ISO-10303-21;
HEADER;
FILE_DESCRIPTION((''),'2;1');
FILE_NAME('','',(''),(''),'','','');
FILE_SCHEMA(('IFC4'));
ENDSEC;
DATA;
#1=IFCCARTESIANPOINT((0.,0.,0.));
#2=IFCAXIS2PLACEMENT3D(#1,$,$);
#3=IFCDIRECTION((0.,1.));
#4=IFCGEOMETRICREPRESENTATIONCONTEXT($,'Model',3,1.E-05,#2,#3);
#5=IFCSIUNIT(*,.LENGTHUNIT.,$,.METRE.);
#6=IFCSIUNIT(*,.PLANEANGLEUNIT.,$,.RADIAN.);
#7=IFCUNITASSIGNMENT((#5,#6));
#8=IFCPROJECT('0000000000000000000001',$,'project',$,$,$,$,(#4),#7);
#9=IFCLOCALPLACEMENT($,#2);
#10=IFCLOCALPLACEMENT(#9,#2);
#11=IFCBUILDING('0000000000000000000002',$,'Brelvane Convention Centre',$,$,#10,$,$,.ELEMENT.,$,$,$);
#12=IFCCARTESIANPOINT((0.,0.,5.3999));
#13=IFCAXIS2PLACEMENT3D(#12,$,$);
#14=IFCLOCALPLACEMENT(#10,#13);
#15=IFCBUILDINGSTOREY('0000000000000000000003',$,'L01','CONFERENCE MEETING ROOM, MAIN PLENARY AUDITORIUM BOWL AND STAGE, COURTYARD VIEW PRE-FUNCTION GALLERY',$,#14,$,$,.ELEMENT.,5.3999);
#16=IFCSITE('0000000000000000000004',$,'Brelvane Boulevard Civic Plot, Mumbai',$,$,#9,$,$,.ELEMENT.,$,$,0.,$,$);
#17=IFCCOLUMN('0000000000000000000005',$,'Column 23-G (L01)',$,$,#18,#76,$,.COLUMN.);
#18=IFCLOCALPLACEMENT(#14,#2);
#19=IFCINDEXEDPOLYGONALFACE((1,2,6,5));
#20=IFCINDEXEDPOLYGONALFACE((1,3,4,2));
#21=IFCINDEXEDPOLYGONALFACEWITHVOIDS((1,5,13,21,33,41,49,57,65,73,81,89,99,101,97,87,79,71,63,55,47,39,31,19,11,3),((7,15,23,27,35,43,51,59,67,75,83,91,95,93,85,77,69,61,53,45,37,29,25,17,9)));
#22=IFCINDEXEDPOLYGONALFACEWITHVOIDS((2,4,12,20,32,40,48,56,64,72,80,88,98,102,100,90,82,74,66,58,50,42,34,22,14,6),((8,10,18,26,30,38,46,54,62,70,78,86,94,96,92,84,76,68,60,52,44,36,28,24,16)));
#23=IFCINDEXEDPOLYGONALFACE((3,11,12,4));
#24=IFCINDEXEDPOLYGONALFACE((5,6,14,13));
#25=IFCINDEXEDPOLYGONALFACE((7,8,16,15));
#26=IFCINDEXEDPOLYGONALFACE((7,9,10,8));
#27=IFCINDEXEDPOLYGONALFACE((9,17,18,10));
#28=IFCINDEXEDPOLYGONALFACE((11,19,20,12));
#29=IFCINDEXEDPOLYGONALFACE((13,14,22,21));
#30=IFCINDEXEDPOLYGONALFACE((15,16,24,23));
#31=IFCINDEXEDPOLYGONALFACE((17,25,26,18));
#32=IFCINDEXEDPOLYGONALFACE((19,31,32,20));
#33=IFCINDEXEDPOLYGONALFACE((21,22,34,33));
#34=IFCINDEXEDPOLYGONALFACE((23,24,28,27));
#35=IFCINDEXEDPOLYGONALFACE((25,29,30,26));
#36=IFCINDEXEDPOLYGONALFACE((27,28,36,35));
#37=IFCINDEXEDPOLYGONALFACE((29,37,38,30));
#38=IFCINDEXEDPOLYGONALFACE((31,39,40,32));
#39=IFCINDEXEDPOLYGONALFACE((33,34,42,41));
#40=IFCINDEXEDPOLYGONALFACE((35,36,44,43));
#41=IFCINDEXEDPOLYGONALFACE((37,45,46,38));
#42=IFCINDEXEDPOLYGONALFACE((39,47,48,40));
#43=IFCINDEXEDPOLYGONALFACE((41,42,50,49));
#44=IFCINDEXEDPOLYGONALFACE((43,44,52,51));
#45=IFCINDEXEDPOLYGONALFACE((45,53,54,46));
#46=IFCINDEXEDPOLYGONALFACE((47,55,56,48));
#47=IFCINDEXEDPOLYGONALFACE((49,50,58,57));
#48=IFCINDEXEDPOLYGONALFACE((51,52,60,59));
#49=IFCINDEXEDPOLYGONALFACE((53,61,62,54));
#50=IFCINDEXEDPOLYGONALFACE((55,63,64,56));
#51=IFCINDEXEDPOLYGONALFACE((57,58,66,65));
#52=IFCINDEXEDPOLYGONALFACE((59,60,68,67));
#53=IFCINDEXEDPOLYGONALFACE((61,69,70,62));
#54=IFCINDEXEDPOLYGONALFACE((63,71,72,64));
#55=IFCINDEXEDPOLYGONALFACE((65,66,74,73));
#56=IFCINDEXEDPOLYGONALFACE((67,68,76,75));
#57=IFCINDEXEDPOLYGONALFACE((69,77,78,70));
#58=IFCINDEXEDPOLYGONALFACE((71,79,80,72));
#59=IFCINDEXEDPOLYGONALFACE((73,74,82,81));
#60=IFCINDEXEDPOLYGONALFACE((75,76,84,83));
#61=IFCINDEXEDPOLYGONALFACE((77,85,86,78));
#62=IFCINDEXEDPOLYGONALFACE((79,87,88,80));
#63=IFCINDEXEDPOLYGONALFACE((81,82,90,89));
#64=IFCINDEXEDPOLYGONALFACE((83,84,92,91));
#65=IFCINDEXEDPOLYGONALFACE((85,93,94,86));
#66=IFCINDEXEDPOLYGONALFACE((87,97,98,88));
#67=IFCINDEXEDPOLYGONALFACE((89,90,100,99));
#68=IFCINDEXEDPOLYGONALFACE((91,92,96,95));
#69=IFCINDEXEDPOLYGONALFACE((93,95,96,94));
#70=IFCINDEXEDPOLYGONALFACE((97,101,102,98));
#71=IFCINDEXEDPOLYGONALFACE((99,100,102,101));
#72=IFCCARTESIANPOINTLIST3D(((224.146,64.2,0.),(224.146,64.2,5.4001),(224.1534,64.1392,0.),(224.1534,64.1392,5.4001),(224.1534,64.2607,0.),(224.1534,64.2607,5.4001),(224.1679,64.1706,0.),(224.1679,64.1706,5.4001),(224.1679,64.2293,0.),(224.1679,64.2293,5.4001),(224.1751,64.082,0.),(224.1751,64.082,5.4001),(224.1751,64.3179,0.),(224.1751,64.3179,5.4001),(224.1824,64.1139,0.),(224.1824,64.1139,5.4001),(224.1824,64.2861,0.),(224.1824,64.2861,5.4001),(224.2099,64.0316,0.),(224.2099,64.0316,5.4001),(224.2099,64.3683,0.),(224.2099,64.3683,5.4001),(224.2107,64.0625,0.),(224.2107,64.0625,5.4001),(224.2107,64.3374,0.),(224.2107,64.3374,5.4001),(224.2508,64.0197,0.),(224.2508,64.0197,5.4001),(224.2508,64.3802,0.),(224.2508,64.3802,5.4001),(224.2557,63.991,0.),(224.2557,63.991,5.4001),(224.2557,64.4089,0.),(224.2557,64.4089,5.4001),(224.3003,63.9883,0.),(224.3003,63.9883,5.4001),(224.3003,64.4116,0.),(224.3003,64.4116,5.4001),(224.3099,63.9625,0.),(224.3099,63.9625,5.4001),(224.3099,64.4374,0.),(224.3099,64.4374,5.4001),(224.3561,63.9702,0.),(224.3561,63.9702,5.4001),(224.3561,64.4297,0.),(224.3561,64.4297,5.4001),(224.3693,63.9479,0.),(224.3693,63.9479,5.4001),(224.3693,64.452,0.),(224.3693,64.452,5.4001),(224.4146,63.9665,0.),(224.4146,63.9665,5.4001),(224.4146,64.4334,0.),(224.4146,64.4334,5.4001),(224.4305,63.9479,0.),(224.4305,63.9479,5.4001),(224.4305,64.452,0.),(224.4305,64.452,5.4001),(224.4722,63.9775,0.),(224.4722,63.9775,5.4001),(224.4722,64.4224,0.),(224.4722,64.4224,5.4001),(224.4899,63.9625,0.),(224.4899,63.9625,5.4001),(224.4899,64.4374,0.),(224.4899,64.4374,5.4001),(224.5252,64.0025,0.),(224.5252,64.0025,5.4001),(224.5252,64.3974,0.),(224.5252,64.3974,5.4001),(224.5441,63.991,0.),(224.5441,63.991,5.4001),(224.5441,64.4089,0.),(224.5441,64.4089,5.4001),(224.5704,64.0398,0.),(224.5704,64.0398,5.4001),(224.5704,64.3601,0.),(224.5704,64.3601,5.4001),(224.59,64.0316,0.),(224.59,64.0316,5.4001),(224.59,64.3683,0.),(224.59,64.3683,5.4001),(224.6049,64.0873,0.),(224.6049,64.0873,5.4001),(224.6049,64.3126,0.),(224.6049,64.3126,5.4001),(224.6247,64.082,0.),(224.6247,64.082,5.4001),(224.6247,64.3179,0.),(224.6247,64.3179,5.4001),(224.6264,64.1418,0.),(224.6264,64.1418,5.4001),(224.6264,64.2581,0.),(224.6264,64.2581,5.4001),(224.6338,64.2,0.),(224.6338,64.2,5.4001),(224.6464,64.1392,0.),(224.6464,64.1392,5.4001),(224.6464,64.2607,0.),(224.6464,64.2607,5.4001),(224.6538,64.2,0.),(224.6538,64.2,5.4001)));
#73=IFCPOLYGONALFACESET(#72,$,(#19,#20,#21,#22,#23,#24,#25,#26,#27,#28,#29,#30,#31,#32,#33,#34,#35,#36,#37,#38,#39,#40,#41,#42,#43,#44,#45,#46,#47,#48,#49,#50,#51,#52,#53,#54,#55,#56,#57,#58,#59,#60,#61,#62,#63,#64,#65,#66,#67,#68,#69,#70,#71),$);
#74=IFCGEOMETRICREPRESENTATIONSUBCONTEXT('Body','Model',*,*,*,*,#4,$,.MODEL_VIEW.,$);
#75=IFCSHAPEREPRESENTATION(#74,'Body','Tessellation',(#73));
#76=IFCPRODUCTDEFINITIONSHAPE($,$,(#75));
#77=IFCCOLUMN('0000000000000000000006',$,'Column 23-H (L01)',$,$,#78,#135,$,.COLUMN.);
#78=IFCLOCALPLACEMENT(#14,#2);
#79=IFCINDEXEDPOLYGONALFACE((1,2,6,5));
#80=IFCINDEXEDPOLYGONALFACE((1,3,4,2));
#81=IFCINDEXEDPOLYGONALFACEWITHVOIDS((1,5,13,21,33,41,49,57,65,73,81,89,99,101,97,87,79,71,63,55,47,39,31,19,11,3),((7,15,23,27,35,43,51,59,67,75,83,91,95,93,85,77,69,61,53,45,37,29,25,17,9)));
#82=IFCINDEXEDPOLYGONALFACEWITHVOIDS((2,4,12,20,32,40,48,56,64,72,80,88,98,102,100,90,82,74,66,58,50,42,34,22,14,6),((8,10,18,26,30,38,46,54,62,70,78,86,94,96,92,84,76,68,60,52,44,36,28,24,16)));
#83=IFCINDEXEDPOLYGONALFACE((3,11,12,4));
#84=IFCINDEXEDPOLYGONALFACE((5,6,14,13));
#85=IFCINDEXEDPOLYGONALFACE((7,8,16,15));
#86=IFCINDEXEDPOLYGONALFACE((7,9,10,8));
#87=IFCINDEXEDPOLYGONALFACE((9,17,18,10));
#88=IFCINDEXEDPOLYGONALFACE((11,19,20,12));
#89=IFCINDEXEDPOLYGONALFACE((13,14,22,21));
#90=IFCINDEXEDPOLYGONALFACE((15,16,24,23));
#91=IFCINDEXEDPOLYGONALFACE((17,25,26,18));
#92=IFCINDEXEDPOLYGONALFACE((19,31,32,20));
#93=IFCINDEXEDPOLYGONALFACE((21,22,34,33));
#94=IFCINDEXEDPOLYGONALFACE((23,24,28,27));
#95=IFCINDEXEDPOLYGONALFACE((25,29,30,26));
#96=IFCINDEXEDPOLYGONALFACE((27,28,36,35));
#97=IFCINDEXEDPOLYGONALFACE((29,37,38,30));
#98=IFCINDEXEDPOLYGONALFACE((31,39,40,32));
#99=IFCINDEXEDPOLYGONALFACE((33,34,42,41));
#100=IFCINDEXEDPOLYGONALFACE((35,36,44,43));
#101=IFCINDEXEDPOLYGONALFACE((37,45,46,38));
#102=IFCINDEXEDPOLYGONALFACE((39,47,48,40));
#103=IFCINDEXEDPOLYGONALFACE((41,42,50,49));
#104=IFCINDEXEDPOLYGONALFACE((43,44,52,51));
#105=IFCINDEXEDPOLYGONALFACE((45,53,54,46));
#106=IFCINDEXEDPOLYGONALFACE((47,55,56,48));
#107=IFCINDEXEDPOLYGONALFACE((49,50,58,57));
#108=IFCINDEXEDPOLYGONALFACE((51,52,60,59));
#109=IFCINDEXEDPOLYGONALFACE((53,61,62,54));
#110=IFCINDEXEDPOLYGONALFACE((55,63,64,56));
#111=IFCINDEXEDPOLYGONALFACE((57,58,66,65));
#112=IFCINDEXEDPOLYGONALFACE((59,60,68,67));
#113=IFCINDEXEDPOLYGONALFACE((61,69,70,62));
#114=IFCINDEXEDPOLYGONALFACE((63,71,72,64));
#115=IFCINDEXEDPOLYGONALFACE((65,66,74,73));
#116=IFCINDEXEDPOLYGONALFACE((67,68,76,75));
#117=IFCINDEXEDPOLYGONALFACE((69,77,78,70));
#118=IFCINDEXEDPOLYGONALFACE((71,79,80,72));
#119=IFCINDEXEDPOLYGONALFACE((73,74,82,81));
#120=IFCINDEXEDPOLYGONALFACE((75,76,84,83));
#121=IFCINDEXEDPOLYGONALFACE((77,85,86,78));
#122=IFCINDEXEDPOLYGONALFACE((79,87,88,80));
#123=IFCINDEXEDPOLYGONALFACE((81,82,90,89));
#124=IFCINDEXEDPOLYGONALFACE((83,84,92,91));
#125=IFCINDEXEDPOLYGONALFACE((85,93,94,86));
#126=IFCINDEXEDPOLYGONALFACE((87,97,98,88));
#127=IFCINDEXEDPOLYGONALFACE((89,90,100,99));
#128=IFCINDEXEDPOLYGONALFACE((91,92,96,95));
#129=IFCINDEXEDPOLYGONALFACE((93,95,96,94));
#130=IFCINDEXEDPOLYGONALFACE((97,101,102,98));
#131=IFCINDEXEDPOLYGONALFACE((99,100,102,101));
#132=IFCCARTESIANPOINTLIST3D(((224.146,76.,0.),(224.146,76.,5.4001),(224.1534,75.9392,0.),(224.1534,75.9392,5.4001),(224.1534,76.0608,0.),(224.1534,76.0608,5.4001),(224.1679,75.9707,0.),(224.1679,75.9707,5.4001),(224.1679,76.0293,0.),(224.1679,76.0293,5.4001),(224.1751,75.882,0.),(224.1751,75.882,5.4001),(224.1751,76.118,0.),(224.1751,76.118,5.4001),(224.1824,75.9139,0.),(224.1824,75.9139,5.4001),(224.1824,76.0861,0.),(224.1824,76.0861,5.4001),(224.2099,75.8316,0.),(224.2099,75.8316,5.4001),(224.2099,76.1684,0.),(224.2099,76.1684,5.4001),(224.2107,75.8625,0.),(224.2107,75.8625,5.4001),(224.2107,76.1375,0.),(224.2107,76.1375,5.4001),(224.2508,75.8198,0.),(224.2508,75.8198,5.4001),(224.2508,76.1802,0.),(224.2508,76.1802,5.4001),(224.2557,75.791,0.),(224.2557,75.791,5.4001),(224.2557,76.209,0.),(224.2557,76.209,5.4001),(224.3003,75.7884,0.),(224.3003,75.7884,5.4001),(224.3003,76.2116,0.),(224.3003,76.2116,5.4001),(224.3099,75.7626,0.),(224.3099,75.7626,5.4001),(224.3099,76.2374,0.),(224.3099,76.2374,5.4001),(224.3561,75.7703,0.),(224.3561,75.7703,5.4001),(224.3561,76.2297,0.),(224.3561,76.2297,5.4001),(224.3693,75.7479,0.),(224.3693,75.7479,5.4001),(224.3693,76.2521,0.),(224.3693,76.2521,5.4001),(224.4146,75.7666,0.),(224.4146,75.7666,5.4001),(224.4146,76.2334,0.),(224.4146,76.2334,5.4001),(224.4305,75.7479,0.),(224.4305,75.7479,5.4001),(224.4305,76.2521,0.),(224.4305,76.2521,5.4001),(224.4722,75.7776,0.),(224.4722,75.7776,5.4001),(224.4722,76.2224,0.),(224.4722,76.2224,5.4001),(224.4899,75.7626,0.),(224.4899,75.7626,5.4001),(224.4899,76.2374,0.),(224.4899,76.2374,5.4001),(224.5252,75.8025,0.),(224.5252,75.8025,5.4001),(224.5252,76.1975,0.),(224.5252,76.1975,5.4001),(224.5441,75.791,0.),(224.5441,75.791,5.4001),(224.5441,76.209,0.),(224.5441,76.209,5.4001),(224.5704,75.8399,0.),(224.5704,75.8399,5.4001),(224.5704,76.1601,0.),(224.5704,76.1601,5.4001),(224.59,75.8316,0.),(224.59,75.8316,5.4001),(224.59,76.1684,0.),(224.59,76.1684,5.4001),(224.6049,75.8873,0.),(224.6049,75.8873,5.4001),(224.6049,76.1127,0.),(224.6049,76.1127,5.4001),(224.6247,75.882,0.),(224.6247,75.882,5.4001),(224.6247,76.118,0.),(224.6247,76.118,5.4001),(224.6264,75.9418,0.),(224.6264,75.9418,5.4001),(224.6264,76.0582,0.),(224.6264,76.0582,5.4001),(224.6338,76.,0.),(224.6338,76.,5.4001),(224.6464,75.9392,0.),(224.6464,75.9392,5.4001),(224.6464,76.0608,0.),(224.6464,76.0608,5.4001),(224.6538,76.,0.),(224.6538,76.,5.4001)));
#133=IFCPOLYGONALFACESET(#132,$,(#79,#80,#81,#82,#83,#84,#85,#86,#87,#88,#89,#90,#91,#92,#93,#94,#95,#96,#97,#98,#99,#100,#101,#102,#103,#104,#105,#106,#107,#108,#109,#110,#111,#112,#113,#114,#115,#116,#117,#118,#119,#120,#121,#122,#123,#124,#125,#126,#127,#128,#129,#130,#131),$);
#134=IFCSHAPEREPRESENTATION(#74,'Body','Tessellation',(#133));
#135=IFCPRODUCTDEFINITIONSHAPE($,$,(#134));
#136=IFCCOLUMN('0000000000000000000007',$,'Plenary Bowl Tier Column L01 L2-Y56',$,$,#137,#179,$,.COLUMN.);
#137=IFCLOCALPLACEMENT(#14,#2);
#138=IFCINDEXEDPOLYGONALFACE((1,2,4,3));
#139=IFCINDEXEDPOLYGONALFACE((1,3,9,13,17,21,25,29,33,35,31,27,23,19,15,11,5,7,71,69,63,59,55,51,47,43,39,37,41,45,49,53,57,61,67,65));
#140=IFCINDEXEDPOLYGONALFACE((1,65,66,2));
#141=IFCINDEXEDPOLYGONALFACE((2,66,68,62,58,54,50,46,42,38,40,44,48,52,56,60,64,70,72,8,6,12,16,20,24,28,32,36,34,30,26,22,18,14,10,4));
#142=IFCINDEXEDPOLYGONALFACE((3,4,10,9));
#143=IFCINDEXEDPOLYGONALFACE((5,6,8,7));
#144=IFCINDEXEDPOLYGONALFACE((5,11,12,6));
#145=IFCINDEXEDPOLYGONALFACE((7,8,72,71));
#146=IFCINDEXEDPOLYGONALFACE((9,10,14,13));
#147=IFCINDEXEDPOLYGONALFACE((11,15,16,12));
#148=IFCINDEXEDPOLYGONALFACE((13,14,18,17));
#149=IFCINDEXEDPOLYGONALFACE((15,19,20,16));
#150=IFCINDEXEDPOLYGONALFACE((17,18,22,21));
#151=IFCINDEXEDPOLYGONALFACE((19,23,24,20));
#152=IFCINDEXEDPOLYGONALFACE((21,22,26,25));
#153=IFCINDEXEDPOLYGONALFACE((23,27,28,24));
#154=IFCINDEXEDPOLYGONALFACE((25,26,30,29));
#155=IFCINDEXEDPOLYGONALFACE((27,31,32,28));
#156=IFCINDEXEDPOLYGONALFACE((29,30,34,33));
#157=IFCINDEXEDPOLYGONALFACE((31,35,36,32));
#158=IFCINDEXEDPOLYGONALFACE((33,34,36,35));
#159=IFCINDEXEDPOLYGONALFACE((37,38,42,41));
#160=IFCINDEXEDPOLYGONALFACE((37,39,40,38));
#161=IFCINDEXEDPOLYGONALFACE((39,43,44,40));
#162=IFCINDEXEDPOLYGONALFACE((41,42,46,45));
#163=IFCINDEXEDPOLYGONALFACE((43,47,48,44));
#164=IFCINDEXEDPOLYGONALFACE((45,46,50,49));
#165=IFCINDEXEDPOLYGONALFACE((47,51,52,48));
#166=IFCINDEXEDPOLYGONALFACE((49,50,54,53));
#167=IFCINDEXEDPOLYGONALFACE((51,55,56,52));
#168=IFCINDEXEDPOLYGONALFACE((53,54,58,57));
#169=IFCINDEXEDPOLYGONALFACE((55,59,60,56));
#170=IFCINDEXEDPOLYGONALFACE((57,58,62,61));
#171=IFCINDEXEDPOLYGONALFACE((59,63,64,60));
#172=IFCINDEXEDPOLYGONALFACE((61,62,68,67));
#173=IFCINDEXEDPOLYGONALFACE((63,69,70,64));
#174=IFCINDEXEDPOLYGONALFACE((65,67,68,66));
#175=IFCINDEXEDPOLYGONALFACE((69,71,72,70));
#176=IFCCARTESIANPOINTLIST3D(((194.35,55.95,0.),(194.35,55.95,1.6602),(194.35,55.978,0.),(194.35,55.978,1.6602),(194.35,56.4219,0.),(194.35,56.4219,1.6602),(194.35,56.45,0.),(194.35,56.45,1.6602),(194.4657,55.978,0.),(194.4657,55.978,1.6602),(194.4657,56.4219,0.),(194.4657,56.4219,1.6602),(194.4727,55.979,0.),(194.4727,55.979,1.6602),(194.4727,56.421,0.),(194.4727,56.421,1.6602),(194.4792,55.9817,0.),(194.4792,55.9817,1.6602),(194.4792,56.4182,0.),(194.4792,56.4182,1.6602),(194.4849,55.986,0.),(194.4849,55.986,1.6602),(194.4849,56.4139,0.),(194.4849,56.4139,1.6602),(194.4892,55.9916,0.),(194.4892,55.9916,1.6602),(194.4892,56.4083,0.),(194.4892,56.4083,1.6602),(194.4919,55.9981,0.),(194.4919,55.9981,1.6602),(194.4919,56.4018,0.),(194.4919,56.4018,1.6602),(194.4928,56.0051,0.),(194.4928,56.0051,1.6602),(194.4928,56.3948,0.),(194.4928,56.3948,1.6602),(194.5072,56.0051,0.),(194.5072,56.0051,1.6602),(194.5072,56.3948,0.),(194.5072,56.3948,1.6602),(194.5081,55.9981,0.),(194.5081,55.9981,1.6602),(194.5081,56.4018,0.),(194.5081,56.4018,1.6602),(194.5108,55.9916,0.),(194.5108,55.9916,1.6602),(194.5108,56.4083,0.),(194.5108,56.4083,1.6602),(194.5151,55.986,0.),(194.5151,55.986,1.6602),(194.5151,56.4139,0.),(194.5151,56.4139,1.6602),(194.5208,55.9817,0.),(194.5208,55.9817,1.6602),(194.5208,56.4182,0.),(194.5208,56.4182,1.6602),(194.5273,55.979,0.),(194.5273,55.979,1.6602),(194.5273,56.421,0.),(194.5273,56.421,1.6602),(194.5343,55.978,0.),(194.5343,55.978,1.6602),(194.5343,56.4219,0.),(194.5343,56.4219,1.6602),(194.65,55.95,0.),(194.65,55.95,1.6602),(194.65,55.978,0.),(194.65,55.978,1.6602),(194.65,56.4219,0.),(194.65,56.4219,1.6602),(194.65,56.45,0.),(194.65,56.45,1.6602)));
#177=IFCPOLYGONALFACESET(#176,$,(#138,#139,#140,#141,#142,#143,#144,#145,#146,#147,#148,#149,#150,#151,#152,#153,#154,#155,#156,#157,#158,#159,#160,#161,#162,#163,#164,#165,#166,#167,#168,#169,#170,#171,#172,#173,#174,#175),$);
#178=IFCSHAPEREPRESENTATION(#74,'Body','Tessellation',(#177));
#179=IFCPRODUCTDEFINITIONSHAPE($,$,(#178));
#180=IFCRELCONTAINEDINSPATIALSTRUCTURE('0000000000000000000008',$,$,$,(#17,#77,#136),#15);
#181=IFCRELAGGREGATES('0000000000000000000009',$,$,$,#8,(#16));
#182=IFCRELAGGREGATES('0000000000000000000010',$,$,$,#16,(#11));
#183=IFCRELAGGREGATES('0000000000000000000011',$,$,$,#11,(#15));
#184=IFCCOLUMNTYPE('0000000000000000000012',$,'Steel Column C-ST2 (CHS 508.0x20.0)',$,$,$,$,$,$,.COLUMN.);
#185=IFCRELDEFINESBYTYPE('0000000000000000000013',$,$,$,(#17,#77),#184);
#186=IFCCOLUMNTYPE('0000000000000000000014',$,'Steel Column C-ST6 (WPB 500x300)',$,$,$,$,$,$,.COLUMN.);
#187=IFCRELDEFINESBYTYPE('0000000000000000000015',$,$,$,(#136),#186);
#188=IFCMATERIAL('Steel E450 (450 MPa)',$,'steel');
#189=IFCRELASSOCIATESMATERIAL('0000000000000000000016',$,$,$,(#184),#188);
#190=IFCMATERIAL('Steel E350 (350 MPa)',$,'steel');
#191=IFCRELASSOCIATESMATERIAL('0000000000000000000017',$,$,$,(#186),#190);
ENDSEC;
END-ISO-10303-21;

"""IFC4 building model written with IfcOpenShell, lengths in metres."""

from ifc_helpers import new_model, si_unit, direction, frame, origin, origin_2d, place, context, subcontext, project, spatial, hollow_circle, i_section, extrude, material, material_profile, profile_set, type_object, element, save


model = new_model("IFC4")

# Units and contexts
model_context = context("Model", 3, precision=1e-05, world=origin(), true_north=direction((0.0, 1.0)))
body_context = subcontext(model_context, "Body", "Model", "MODEL_VIEW")
ifc_project = project(units=[si_unit("LENGTHUNIT", "METRE"), si_unit("PLANEANGLEUNIT", "RADIAN")], contexts=[model_context])

# Site, building, storey
site_placement = place(None, origin())
site = spatial("IfcSite", under=ifc_project, at=site_placement, Name="Brelvane Boulevard Civic Plot, Mumbai", CompositionType="ELEMENT", RefElevation=0.0)
building_placement = place(site_placement, origin())
building = spatial("IfcBuilding", under=site, at=building_placement, Name="Brelvane Convention Centre", CompositionType="ELEMENT")
storey_placement = place(building_placement, frame((0.0, 0.0, 5.3999)))
storey = spatial("IfcBuildingStorey", under=building, at=storey_placement, Name="L01", Description="CONFERENCE MEETING ROOM, MAIN PLENARY AUDITORIUM BOWL AND STAGE, COURTYARD VIEW PRE-FUNCTION GALLERY", CompositionType="ELEMENT", Elevation=5.3999)

# Columns
ifc_material_1 = material(Name="Steel E450 (450 MPa)", Category="steel")
ifc_material_profile_1 = material_profile(ifc_material_1, hollow_circle(Radius=0.2539, WallThickness=0.02, at=origin_2d()), Name="CHS 508.0x20.0")
ifc_profile_set_1 = profile_set([ifc_material_profile_1], Name="Steel E450 (450 MPa)")
column_type_1 = type_object("IfcColumnType", Name="Steel Column C-ST2 (CHS 508.0x20.0)", PredefinedType="COLUMN", material=ifc_profile_set_1)
for number, where, z_axis, x_axis, name in (
    (1, (224.3999, 64.2, 0.0), (0.0, 0.0, 1.0), (1.0, 0.0, 0.0), "Column 23-G (L01)"),
    (2, (224.3999, 76.0, 0.0), (0.0, 0.0, 1.0), (1.0, 0.0, 0.0), "Column 23-H (L01)"),
):
    element("IfcColumn", number, at=place(storey_placement, frame(where, z_axis=z_axis, x_axis=x_axis)), inside=storey, type_object=column_type_1, Name=name, PredefinedType="COLUMN", context=body_context, shape_type="SweptSolid", body=[
        extrude(hollow_circle(Radius=0.2539, WallThickness=0.02, at=origin_2d()), origin(), (0.0, 0.0, 1.0), 5.4001),
    ])
ifc_material_2 = material(Name="Steel E350 (350 MPa)", Category="steel")
ifc_material_profile_2 = material_profile(ifc_material_2, i_section(OverallWidth=0.3, OverallDepth=0.5, WebThickness=0.0144, FlangeThickness=0.0281, FilletRadius=0.0271, at=origin_2d()), Name="WPB 500x300")
ifc_profile_set_2 = profile_set([ifc_material_profile_2], Name="Steel E350 (350 MPa)")
column_type_2 = type_object("IfcColumnType", Name="Steel Column C-ST6 (WPB 500x300)", PredefinedType="COLUMN", material=ifc_profile_set_2)
for number, where, z_axis, x_axis, name in (
    (3, (194.5, 56.2, 0.0), (0.0, 0.0, 1.0), (1.0, 0.0, 0.0), "Plenary Bowl Tier Column L01 L2-Y56"),
):
    element("IfcColumn", number, at=place(storey_placement, frame(where, z_axis=z_axis, x_axis=x_axis)), inside=storey, type_object=column_type_2, Name=name, PredefinedType="COLUMN", context=body_context, shape_type="SweptSolid", body=[
        extrude(i_section(OverallWidth=0.3, OverallDepth=0.5, WebThickness=0.0144, FlangeThickness=0.0281, FilletRadius=0.0271, at=origin_2d()), origin(), (0.0, 0.0, 1.0), 1.6602),
    ])

save(model, "model.ifc")
